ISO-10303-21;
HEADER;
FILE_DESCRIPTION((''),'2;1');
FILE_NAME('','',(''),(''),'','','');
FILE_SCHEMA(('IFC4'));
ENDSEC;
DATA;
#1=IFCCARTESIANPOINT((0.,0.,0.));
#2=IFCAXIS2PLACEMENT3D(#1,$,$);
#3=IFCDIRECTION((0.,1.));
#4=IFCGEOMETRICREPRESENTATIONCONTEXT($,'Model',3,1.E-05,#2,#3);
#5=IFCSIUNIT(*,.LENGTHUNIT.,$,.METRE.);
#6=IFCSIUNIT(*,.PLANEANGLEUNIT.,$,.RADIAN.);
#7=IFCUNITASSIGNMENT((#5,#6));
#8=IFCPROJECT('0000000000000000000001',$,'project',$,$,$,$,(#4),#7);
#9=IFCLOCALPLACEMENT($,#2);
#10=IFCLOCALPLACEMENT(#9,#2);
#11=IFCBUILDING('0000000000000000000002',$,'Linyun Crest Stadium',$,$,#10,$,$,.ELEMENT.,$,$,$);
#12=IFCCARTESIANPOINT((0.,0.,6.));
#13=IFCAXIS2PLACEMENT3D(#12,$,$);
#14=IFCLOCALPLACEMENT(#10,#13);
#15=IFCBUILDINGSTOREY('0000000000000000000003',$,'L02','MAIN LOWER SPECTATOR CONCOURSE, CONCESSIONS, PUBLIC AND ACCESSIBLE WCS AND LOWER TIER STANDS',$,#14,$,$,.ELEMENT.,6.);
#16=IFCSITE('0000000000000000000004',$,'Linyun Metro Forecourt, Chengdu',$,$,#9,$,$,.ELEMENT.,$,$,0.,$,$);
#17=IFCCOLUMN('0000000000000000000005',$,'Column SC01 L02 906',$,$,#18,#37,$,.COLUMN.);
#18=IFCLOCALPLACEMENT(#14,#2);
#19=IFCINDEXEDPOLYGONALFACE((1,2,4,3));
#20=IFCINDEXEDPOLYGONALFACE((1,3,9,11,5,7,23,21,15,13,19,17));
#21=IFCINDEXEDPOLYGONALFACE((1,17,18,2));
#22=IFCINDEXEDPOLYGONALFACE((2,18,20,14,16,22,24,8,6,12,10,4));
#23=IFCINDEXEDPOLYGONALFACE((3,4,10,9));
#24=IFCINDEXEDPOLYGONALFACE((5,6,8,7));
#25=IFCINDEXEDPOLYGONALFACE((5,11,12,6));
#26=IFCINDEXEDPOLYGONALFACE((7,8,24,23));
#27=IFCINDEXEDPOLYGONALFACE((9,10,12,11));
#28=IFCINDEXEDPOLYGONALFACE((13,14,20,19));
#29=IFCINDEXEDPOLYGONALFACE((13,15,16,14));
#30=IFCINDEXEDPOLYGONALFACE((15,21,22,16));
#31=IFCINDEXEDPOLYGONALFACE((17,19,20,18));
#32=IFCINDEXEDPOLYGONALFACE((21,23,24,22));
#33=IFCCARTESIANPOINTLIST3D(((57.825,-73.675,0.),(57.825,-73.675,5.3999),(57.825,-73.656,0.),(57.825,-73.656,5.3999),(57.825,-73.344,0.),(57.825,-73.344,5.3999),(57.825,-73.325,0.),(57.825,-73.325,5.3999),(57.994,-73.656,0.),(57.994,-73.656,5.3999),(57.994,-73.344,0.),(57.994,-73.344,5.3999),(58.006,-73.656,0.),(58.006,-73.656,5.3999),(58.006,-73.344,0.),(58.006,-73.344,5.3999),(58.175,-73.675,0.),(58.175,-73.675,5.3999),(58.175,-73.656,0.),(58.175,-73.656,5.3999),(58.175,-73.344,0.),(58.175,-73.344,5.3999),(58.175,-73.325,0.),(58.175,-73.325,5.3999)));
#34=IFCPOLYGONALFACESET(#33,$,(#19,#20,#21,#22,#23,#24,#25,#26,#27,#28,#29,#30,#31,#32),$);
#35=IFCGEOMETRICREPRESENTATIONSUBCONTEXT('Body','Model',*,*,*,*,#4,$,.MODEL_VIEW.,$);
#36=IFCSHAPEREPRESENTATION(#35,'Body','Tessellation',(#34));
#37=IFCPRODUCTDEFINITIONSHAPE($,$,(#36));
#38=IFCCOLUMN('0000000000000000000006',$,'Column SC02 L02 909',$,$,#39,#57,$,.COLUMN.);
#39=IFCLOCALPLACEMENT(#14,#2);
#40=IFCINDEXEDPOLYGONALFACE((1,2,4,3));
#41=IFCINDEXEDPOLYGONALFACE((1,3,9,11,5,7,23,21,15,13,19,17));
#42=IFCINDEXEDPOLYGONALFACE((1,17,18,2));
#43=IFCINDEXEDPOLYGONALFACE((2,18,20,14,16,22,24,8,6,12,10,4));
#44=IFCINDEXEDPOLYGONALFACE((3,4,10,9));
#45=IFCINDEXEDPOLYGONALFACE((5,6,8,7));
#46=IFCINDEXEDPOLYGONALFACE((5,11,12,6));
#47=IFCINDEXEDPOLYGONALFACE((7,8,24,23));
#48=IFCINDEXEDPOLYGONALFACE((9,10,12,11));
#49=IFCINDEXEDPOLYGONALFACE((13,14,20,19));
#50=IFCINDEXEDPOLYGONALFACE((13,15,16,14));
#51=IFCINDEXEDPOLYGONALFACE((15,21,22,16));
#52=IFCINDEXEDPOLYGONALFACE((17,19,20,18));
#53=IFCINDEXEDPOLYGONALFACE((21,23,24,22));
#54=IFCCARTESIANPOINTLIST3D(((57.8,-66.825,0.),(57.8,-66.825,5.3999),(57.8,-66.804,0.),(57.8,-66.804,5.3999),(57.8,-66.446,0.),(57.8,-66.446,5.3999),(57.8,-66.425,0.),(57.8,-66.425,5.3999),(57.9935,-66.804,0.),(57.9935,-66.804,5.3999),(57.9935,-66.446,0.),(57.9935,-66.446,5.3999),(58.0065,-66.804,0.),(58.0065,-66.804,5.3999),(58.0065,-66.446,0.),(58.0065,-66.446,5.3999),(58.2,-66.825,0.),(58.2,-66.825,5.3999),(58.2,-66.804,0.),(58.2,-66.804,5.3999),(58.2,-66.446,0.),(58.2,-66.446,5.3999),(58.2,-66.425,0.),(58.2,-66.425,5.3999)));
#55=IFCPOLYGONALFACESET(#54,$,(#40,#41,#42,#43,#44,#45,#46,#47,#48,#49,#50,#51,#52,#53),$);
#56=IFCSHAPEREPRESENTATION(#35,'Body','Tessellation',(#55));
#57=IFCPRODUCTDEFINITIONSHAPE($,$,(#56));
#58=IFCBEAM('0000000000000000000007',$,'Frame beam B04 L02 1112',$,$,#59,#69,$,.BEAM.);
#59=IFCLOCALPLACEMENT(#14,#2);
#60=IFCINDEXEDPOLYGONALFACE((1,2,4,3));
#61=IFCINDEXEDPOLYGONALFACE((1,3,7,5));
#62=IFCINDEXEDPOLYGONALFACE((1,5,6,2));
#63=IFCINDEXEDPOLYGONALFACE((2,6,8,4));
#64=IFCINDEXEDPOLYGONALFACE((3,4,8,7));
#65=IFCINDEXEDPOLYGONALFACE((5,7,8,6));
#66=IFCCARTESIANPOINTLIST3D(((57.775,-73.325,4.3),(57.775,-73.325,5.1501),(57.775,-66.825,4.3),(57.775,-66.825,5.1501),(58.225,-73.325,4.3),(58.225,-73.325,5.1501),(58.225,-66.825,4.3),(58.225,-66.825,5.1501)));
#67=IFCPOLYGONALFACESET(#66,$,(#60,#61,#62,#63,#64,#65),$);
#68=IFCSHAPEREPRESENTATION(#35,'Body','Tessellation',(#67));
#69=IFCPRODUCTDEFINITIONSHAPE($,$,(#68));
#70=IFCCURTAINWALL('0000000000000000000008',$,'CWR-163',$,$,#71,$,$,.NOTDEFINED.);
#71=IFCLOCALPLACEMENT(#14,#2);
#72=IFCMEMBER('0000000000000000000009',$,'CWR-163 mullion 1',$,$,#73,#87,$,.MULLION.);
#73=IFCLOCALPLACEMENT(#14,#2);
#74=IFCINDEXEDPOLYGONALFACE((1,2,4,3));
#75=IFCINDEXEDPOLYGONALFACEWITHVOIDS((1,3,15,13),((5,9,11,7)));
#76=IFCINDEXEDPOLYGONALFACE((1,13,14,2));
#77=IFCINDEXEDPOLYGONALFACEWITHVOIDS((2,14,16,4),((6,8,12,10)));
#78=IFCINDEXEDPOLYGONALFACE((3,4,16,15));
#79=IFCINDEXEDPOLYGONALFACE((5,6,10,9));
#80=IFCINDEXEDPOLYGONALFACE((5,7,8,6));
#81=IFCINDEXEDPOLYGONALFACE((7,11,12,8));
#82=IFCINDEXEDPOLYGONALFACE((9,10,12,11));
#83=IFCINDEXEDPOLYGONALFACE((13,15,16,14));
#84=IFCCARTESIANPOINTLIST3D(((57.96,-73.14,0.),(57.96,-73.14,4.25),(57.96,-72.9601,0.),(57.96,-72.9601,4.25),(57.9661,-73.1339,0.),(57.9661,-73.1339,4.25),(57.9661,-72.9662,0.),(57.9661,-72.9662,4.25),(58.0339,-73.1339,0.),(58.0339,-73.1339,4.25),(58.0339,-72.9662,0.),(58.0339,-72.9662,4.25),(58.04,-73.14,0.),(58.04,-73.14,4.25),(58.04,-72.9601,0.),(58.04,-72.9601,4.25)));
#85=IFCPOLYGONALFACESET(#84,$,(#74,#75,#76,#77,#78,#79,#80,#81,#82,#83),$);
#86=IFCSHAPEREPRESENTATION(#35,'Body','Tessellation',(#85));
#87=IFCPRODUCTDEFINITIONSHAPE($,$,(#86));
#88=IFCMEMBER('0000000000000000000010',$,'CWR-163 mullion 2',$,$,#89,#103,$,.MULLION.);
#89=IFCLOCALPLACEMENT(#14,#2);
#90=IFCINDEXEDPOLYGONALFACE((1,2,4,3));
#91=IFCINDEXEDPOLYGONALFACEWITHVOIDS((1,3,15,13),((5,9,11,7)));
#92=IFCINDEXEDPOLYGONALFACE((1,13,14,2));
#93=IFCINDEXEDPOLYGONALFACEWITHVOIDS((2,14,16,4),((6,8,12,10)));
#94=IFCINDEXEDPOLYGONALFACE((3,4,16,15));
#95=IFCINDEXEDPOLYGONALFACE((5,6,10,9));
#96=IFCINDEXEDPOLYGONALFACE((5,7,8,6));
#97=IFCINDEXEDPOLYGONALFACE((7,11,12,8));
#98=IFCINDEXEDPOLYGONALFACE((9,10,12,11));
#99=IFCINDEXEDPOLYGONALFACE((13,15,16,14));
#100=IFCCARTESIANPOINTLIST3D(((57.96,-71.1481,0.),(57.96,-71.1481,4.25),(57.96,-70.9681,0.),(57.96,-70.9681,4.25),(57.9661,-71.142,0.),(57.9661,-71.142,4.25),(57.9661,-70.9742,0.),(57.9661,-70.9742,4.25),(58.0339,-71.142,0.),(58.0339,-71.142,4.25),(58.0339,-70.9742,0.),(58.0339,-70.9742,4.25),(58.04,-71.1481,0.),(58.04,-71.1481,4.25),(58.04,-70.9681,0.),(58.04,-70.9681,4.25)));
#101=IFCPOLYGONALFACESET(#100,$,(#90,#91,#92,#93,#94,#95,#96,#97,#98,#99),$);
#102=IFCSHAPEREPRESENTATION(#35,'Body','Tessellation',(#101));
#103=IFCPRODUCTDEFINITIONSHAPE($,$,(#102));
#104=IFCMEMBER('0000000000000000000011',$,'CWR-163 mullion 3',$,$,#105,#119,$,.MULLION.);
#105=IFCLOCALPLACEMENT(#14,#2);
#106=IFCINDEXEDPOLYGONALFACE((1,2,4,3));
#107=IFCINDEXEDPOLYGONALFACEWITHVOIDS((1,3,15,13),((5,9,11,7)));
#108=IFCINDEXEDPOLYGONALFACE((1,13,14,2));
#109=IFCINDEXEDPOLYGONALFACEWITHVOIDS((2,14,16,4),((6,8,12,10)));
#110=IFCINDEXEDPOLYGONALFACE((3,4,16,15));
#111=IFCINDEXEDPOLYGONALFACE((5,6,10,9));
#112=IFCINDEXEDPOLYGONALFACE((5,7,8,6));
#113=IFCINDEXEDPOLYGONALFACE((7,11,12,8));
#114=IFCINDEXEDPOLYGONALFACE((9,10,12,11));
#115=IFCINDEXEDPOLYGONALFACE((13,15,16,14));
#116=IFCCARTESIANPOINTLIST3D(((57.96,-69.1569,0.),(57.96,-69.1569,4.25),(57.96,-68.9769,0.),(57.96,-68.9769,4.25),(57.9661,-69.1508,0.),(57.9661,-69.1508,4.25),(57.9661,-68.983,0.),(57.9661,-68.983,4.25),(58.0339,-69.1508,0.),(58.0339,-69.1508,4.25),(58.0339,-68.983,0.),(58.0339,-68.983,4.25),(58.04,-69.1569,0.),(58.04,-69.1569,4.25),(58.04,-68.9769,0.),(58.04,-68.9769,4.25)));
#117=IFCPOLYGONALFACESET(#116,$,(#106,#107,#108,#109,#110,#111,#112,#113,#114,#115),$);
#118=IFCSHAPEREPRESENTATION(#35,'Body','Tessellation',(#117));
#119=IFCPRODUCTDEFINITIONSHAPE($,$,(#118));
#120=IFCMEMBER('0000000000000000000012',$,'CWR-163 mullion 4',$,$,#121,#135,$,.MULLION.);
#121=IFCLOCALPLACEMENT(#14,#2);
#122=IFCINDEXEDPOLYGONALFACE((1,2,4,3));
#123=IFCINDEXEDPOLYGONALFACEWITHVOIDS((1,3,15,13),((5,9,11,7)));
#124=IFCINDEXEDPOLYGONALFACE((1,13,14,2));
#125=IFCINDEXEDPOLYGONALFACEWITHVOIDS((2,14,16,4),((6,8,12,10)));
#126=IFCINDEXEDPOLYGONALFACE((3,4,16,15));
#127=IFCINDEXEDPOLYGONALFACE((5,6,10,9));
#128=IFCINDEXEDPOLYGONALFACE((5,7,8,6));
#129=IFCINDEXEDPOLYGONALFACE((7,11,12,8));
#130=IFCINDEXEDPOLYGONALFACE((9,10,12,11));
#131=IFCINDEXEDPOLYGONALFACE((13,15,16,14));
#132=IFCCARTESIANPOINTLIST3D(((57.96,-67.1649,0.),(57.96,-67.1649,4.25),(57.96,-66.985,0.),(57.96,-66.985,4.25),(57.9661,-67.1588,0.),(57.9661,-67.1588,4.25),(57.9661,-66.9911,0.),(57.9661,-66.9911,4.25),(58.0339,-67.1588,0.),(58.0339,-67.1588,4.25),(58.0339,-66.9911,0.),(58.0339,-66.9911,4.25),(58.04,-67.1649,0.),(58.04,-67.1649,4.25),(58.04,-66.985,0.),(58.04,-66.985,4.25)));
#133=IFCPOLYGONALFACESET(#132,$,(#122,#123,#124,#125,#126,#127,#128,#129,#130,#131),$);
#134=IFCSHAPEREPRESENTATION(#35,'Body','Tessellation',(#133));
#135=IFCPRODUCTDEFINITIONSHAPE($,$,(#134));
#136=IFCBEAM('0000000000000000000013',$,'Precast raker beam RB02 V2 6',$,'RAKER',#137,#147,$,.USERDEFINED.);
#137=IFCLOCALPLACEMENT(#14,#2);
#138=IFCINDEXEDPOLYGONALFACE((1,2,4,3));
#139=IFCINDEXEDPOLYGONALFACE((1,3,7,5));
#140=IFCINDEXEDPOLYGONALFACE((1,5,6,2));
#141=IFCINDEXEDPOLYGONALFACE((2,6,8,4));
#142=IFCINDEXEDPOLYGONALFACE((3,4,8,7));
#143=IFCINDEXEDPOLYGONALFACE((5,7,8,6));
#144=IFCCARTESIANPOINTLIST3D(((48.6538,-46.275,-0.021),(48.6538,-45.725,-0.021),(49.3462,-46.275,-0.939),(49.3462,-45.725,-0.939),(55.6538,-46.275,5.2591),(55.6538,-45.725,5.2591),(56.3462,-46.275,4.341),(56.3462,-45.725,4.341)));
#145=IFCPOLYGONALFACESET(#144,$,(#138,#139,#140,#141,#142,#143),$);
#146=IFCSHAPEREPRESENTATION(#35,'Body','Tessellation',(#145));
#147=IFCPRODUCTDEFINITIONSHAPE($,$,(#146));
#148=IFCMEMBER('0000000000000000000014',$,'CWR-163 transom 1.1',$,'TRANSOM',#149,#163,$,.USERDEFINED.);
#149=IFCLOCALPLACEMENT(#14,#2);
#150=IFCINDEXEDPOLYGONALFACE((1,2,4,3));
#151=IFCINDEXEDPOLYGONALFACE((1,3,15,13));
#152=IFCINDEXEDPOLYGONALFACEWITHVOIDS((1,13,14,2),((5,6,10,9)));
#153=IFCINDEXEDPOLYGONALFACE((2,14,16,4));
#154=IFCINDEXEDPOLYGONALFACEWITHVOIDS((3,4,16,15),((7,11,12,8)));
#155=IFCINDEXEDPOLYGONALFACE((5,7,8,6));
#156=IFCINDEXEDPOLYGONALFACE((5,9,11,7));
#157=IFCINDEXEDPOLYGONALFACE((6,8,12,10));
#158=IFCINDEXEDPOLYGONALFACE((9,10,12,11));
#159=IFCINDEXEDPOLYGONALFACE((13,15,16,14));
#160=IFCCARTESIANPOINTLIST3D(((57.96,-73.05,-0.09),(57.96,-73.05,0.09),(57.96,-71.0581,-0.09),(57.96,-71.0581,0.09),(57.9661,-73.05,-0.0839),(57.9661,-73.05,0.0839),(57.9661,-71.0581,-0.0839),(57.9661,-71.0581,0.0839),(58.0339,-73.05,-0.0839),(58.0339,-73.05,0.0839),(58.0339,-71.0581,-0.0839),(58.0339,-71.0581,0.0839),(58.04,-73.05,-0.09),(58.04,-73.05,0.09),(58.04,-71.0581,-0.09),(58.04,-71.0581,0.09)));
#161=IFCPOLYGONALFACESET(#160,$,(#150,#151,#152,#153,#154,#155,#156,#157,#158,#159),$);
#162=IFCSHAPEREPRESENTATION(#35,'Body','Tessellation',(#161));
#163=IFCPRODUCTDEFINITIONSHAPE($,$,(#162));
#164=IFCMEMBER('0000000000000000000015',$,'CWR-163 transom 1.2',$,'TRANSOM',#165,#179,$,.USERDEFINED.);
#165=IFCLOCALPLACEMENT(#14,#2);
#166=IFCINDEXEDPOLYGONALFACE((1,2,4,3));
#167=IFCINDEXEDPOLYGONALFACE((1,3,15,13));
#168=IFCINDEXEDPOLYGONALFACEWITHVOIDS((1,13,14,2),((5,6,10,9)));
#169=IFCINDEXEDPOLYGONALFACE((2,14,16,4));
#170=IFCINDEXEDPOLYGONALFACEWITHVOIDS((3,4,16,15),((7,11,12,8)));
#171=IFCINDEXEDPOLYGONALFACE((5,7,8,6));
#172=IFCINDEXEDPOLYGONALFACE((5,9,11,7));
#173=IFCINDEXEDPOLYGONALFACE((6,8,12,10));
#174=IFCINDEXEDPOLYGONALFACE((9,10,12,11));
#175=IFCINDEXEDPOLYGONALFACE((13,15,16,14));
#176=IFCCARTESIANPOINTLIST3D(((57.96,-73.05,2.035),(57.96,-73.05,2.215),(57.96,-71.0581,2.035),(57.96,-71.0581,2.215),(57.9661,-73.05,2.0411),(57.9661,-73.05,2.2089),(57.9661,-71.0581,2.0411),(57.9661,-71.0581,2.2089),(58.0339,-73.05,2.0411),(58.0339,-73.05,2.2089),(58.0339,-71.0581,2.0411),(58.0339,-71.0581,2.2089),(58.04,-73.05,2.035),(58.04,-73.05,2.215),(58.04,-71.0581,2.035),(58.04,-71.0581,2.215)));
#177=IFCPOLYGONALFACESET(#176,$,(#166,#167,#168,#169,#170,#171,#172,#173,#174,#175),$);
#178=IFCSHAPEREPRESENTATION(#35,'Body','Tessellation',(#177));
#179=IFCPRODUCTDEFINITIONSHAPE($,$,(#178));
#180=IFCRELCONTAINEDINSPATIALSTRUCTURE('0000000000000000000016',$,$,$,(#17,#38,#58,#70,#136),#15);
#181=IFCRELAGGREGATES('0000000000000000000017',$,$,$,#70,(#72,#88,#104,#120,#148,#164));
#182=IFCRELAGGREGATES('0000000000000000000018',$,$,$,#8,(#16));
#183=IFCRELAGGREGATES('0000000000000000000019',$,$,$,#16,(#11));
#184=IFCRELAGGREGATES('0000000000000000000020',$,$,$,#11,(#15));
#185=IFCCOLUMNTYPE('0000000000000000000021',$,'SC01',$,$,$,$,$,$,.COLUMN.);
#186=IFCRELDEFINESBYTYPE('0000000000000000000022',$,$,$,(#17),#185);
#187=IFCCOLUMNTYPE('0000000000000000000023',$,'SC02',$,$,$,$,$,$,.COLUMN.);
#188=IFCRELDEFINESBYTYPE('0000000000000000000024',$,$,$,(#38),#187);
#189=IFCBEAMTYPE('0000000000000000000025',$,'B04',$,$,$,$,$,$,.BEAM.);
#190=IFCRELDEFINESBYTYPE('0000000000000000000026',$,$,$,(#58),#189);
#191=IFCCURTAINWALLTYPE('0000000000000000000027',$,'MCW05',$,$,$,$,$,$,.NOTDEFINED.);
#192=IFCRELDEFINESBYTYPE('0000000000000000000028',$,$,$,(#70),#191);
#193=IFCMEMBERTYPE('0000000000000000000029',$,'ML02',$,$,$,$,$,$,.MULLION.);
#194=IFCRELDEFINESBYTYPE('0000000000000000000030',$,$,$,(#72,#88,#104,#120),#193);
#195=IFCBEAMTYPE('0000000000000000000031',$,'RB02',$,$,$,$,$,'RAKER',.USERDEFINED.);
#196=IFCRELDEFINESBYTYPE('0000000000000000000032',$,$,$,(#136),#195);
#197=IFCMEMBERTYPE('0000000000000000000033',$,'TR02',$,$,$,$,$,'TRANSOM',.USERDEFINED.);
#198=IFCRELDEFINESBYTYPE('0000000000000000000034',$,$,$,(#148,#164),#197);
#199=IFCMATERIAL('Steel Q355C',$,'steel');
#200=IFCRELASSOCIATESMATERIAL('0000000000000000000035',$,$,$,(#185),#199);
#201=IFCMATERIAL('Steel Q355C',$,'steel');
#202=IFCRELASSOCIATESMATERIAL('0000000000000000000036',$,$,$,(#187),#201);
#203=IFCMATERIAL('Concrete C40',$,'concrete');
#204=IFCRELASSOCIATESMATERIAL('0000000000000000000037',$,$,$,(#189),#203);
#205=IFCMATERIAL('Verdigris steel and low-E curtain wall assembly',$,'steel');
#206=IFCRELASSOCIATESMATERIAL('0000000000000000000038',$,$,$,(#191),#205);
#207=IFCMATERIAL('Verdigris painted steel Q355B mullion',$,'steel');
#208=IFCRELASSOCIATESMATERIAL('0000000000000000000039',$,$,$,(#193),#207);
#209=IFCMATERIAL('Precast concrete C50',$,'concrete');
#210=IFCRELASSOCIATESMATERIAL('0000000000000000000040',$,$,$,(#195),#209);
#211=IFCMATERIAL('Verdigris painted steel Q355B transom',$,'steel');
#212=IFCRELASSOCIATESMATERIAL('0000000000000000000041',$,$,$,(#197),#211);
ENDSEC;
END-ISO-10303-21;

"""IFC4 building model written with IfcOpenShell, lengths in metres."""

from ifc_helpers import new_model, si_unit, direction, frame, origin, origin_2d, place, context, subcontext, project, spatial, rectangle, hollow_rectangle, i_section, extrude, material, material_profile, profile_set, type_object, element, aggregate, save


model = new_model("IFC4")

# Units and contexts
model_context = context("Model", 3, precision=1e-05, world=origin(), true_north=direction((0.0, 1.0)))
body_context = subcontext(model_context, "Body", "Model", "MODEL_VIEW")
ifc_project = project(units=[si_unit("LENGTHUNIT", "METRE"), si_unit("PLANEANGLEUNIT", "RADIAN")], contexts=[model_context])

# Site, building, storey
site_placement = place(None, origin())
site = spatial("IfcSite", under=ifc_project, at=site_placement, Name="Linyun Metro Forecourt, Chengdu", CompositionType="ELEMENT", RefElevation=0.0)
building_placement = place(site_placement, origin())
building = spatial("IfcBuilding", under=site, at=building_placement, Name="Linyun Crest Stadium", CompositionType="ELEMENT")
storey_placement = place(building_placement, frame((0.0, 0.0, 6.0)))
storey = spatial("IfcBuildingStorey", under=building, at=storey_placement, Name="L02", Description="MAIN LOWER SPECTATOR CONCOURSE, CONCESSIONS, PUBLIC AND ACCESSIBLE WCS AND LOWER TIER STANDS", CompositionType="ELEMENT", Elevation=6.0)

# Columns
ifc_material_1 = material(Name="Steel Q355C", Category="steel")
ifc_material_profile_1 = material_profile(ifc_material_1, i_section(OverallWidth=0.3501, OverallDepth=0.3501, WebThickness=0.012, FlangeThickness=0.019, at=origin_2d()), Name="HW 350x350")
ifc_profile_set_1 = profile_set([ifc_material_profile_1], Name="Steel Q355C")
column_type_1 = type_object("IfcColumnType", Name="SC01", PredefinedType="COLUMN", material=ifc_profile_set_1)
column_1_placement = place(storey_placement, frame((58.0, -73.5, 0.0), z_axis=(0.0, 0.0, 1.0), x_axis=(1.0, 0.0, 0.0)))
element("IfcColumn", 1, at=column_1_placement, inside=storey, type_object=column_type_1, Name="Column SC01 L02 906", PredefinedType="COLUMN", context=body_context, shape_type="SweptSolid", body=[
    extrude(i_section(OverallWidth=0.3501, OverallDepth=0.3501, WebThickness=0.012, FlangeThickness=0.019, at=origin_2d()), origin(), (0.0, 0.0, 1.0), 5.3999),
])
ifc_material_2 = material(Name="Steel Q355C", Category="steel")
ifc_material_profile_2 = material_profile(ifc_material_2, i_section(OverallWidth=0.3999, OverallDepth=0.3999, WebThickness=0.0129, FlangeThickness=0.021, at=origin_2d()), Name="HW 400x400")
ifc_profile_set_2 = profile_set([ifc_material_profile_2], Name="Steel Q355C")
column_type_2 = type_object("IfcColumnType", Name="SC02", PredefinedType="COLUMN", material=ifc_profile_set_2)
column_2_placement = place(storey_placement, frame((58.0, -66.625, 0.0), z_axis=(0.0, 0.0, 1.0), x_axis=(1.0, 0.0, 0.0)))
element("IfcColumn", 2, at=column_2_placement, inside=storey, type_object=column_type_2, Name="Column SC02 L02 909", PredefinedType="COLUMN", context=body_context, shape_type="SweptSolid", body=[
    extrude(i_section(OverallWidth=0.3999, OverallDepth=0.3999, WebThickness=0.0129, FlangeThickness=0.021, at=origin_2d()), origin(), (0.0, 0.0, 1.0), 5.3999),
])

# Beam
ifc_material_3 = material(Name="Concrete C40", Category="concrete")
ifc_material_profile_3 = material_profile(ifc_material_3, rectangle(XDim=0.45, YDim=0.8501, at=origin_2d()), Name="RCB 850x450")
ifc_profile_set_3 = profile_set([ifc_material_profile_3], Name="Concrete C40")
beam_type_1 = type_object("IfcBeamType", Name="B04", PredefinedType="BEAM", material=ifc_profile_set_3)
beam_1_placement = place(storey_placement, frame((58.0, -73.325, 4.7251), z_axis=(0.0, 1.0, 0.0), x_axis=(-1.0, 0.0, 0.0)))
element("IfcBeam", 3, at=beam_1_placement, inside=storey, type_object=beam_type_1, Name="Frame beam B04 L02 1112", PredefinedType="BEAM", context=body_context, shape_type="SweptSolid", body=[
    extrude(rectangle(XDim=0.45, YDim=0.8501, at=origin_2d()), origin(), (0.0, 0.0, 1.0), 6.5),
])

# Curtain wall, members
ifc_material_4 = material(Name="Verdigris steel and low-E curtain wall assembly", Category="steel")
curtain_wall_type = type_object("IfcCurtainWallType", Name="MCW05", PredefinedType="NOTDEFINED", material=ifc_material_4)
curtain_wall_placement = place(storey_placement, origin())
curtain_wall = element("IfcCurtainWall", 4, at=curtain_wall_placement, inside=storey, type_object=curtain_wall_type, Name="CWR-163", PredefinedType="NOTDEFINED")
ifc_material_5 = material(Name="Verdigris painted steel Q355B mullion", Category="steel")
ifc_material_profile_4 = material_profile(ifc_material_5, hollow_rectangle(XDim=0.0801, YDim=0.1799, WallThickness=0.0061, at=origin_2d()), Name="RHS 180x80x6")
ifc_profile_set_4 = profile_set([ifc_material_profile_4], Name="Verdigris painted steel Q355B mullion")
member_type_1 = type_object("IfcMemberType", Name="ML02", PredefinedType="MULLION", material=ifc_profile_set_4)
member_1_placement = place(storey_placement, frame((58.0, -73.05, 0.0), z_axis=(0.0, 0.0, 1.0), x_axis=(-1.0, 0.0, 0.0)))
member_1 = element("IfcMember", 5, at=member_1_placement, type_object=member_type_1, Name="CWR-163 mullion 1", PredefinedType="MULLION", context=body_context, shape_type="SweptSolid", body=[
    extrude(hollow_rectangle(XDim=0.0801, YDim=0.1799, WallThickness=0.0061, at=origin_2d()), origin(), (0.0, 0.0, 1.0), 4.25),
])
member_2_placement = place(storey_placement, frame((58.0, -71.0581, 0.0), z_axis=(0.0, 0.0, 1.0), x_axis=(-1.0, 0.0, 0.0)))
member_2 = element("IfcMember", 6, at=member_2_placement, type_object=member_type_1, Name="CWR-163 mullion 2", PredefinedType="MULLION", context=body_context, shape_type="SweptSolid", body=[
    extrude(hollow_rectangle(XDim=0.0801, YDim=0.1799, WallThickness=0.0061, at=origin_2d()), origin(), (0.0, 0.0, 1.0), 4.25),
])
member_3_placement = place(storey_placement, frame((58.0, -69.0669, 0.0), z_axis=(0.0, 0.0, 1.0), x_axis=(-1.0, 0.0, 0.0)))
member_3 = element("IfcMember", 7, at=member_3_placement, type_object=member_type_1, Name="CWR-163 mullion 3", PredefinedType="MULLION", context=body_context, shape_type="SweptSolid", body=[
    extrude(hollow_rectangle(XDim=0.0801, YDim=0.1799, WallThickness=0.0061, at=origin_2d()), origin(), (0.0, 0.0, 1.0), 4.25),
])
member_4_placement = place(storey_placement, frame((58.0, -67.075, 0.0), z_axis=(0.0, 0.0, 1.0), x_axis=(-1.0, 0.0, 0.0)))
member_4 = element("IfcMember", 8, at=member_4_placement, type_object=member_type_1, Name="CWR-163 mullion 4", PredefinedType="MULLION", context=body_context, shape_type="SweptSolid", body=[
    extrude(hollow_rectangle(XDim=0.0801, YDim=0.1799, WallThickness=0.0061, at=origin_2d()), origin(), (0.0, 0.0, 1.0), 4.25),
])

# Beam
ifc_material_6 = material(Name="Precast concrete C50", Category="concrete")
ifc_material_profile_5 = material_profile(ifc_material_6, rectangle(XDim=0.55, YDim=1.1499, at=origin_2d()), Name="PCR 1150x550")
ifc_profile_set_5 = profile_set([ifc_material_profile_5], Name="Precast concrete C50")
beam_type_2 = type_object("IfcBeamType", Name="RB02", ElementType="RAKER", PredefinedType="USERDEFINED", material=ifc_profile_set_5)
beam_2_placement = place(storey_placement, frame((49.0, -46.0, -0.48), z_axis=(0.798353, 0.0, 0.60219), x_axis=(0.0, 1.0, 0.0)))
element("IfcBeam", 9, at=beam_2_placement, inside=storey, type_object=beam_type_2, Name="Precast raker beam RB02 V2 6", ObjectType="RAKER", PredefinedType="USERDEFINED", context=body_context, shape_type="SweptSolid", body=[
    extrude(rectangle(XDim=0.55, YDim=1.1499, at=origin_2d()), origin(), (0.0, 0.0, 1.0), 8.7681),
])

# Members
ifc_material_7 = material(Name="Verdigris painted steel Q355B transom", Category="steel")
ifc_material_profile_6 = material_profile(ifc_material_7, hollow_rectangle(XDim=0.0801, YDim=0.1799, WallThickness=0.0061, at=origin_2d()), Name="RHS 180x80x6")
ifc_profile_set_6 = profile_set([ifc_material_profile_6], Name="Verdigris painted steel Q355B transom")
member_type_2 = type_object("IfcMemberType", Name="TR02", ElementType="TRANSOM", PredefinedType="USERDEFINED", material=ifc_profile_set_6)
member_5_placement = place(storey_placement, frame((58.0, -73.05, 0.0), z_axis=(0.0, 1.0, 0.0), x_axis=(-1.0, 0.0, 0.0)))
member_5 = element("IfcMember", 10, at=member_5_placement, type_object=member_type_2, Name="CWR-163 transom 1.1", ObjectType="TRANSOM", PredefinedType="USERDEFINED", context=body_context, shape_type="SweptSolid", body=[
    extrude(hollow_rectangle(XDim=0.0801, YDim=0.1799, WallThickness=0.0061, at=origin_2d()), origin(), (0.0, 0.0, 1.0), 1.9919),
])
member_6_placement = place(storey_placement, frame((58.0, -73.05, 2.125), z_axis=(0.0, 1.0, 0.0), x_axis=(-1.0, 0.0, 0.0)))
member_6 = element("IfcMember", 11, at=member_6_placement, type_object=member_type_2, Name="CWR-163 transom 1.2", ObjectType="TRANSOM", PredefinedType="USERDEFINED", context=body_context, shape_type="SweptSolid", body=[
    extrude(hollow_rectangle(XDim=0.0801, YDim=0.1799, WallThickness=0.0061, at=origin_2d()), origin(), (0.0, 0.0, 1.0), 1.9919),
])

aggregate(curtain_wall, [member_1, member_2, member_3, member_4, member_5, member_6])

save(model, "model.ifc")
